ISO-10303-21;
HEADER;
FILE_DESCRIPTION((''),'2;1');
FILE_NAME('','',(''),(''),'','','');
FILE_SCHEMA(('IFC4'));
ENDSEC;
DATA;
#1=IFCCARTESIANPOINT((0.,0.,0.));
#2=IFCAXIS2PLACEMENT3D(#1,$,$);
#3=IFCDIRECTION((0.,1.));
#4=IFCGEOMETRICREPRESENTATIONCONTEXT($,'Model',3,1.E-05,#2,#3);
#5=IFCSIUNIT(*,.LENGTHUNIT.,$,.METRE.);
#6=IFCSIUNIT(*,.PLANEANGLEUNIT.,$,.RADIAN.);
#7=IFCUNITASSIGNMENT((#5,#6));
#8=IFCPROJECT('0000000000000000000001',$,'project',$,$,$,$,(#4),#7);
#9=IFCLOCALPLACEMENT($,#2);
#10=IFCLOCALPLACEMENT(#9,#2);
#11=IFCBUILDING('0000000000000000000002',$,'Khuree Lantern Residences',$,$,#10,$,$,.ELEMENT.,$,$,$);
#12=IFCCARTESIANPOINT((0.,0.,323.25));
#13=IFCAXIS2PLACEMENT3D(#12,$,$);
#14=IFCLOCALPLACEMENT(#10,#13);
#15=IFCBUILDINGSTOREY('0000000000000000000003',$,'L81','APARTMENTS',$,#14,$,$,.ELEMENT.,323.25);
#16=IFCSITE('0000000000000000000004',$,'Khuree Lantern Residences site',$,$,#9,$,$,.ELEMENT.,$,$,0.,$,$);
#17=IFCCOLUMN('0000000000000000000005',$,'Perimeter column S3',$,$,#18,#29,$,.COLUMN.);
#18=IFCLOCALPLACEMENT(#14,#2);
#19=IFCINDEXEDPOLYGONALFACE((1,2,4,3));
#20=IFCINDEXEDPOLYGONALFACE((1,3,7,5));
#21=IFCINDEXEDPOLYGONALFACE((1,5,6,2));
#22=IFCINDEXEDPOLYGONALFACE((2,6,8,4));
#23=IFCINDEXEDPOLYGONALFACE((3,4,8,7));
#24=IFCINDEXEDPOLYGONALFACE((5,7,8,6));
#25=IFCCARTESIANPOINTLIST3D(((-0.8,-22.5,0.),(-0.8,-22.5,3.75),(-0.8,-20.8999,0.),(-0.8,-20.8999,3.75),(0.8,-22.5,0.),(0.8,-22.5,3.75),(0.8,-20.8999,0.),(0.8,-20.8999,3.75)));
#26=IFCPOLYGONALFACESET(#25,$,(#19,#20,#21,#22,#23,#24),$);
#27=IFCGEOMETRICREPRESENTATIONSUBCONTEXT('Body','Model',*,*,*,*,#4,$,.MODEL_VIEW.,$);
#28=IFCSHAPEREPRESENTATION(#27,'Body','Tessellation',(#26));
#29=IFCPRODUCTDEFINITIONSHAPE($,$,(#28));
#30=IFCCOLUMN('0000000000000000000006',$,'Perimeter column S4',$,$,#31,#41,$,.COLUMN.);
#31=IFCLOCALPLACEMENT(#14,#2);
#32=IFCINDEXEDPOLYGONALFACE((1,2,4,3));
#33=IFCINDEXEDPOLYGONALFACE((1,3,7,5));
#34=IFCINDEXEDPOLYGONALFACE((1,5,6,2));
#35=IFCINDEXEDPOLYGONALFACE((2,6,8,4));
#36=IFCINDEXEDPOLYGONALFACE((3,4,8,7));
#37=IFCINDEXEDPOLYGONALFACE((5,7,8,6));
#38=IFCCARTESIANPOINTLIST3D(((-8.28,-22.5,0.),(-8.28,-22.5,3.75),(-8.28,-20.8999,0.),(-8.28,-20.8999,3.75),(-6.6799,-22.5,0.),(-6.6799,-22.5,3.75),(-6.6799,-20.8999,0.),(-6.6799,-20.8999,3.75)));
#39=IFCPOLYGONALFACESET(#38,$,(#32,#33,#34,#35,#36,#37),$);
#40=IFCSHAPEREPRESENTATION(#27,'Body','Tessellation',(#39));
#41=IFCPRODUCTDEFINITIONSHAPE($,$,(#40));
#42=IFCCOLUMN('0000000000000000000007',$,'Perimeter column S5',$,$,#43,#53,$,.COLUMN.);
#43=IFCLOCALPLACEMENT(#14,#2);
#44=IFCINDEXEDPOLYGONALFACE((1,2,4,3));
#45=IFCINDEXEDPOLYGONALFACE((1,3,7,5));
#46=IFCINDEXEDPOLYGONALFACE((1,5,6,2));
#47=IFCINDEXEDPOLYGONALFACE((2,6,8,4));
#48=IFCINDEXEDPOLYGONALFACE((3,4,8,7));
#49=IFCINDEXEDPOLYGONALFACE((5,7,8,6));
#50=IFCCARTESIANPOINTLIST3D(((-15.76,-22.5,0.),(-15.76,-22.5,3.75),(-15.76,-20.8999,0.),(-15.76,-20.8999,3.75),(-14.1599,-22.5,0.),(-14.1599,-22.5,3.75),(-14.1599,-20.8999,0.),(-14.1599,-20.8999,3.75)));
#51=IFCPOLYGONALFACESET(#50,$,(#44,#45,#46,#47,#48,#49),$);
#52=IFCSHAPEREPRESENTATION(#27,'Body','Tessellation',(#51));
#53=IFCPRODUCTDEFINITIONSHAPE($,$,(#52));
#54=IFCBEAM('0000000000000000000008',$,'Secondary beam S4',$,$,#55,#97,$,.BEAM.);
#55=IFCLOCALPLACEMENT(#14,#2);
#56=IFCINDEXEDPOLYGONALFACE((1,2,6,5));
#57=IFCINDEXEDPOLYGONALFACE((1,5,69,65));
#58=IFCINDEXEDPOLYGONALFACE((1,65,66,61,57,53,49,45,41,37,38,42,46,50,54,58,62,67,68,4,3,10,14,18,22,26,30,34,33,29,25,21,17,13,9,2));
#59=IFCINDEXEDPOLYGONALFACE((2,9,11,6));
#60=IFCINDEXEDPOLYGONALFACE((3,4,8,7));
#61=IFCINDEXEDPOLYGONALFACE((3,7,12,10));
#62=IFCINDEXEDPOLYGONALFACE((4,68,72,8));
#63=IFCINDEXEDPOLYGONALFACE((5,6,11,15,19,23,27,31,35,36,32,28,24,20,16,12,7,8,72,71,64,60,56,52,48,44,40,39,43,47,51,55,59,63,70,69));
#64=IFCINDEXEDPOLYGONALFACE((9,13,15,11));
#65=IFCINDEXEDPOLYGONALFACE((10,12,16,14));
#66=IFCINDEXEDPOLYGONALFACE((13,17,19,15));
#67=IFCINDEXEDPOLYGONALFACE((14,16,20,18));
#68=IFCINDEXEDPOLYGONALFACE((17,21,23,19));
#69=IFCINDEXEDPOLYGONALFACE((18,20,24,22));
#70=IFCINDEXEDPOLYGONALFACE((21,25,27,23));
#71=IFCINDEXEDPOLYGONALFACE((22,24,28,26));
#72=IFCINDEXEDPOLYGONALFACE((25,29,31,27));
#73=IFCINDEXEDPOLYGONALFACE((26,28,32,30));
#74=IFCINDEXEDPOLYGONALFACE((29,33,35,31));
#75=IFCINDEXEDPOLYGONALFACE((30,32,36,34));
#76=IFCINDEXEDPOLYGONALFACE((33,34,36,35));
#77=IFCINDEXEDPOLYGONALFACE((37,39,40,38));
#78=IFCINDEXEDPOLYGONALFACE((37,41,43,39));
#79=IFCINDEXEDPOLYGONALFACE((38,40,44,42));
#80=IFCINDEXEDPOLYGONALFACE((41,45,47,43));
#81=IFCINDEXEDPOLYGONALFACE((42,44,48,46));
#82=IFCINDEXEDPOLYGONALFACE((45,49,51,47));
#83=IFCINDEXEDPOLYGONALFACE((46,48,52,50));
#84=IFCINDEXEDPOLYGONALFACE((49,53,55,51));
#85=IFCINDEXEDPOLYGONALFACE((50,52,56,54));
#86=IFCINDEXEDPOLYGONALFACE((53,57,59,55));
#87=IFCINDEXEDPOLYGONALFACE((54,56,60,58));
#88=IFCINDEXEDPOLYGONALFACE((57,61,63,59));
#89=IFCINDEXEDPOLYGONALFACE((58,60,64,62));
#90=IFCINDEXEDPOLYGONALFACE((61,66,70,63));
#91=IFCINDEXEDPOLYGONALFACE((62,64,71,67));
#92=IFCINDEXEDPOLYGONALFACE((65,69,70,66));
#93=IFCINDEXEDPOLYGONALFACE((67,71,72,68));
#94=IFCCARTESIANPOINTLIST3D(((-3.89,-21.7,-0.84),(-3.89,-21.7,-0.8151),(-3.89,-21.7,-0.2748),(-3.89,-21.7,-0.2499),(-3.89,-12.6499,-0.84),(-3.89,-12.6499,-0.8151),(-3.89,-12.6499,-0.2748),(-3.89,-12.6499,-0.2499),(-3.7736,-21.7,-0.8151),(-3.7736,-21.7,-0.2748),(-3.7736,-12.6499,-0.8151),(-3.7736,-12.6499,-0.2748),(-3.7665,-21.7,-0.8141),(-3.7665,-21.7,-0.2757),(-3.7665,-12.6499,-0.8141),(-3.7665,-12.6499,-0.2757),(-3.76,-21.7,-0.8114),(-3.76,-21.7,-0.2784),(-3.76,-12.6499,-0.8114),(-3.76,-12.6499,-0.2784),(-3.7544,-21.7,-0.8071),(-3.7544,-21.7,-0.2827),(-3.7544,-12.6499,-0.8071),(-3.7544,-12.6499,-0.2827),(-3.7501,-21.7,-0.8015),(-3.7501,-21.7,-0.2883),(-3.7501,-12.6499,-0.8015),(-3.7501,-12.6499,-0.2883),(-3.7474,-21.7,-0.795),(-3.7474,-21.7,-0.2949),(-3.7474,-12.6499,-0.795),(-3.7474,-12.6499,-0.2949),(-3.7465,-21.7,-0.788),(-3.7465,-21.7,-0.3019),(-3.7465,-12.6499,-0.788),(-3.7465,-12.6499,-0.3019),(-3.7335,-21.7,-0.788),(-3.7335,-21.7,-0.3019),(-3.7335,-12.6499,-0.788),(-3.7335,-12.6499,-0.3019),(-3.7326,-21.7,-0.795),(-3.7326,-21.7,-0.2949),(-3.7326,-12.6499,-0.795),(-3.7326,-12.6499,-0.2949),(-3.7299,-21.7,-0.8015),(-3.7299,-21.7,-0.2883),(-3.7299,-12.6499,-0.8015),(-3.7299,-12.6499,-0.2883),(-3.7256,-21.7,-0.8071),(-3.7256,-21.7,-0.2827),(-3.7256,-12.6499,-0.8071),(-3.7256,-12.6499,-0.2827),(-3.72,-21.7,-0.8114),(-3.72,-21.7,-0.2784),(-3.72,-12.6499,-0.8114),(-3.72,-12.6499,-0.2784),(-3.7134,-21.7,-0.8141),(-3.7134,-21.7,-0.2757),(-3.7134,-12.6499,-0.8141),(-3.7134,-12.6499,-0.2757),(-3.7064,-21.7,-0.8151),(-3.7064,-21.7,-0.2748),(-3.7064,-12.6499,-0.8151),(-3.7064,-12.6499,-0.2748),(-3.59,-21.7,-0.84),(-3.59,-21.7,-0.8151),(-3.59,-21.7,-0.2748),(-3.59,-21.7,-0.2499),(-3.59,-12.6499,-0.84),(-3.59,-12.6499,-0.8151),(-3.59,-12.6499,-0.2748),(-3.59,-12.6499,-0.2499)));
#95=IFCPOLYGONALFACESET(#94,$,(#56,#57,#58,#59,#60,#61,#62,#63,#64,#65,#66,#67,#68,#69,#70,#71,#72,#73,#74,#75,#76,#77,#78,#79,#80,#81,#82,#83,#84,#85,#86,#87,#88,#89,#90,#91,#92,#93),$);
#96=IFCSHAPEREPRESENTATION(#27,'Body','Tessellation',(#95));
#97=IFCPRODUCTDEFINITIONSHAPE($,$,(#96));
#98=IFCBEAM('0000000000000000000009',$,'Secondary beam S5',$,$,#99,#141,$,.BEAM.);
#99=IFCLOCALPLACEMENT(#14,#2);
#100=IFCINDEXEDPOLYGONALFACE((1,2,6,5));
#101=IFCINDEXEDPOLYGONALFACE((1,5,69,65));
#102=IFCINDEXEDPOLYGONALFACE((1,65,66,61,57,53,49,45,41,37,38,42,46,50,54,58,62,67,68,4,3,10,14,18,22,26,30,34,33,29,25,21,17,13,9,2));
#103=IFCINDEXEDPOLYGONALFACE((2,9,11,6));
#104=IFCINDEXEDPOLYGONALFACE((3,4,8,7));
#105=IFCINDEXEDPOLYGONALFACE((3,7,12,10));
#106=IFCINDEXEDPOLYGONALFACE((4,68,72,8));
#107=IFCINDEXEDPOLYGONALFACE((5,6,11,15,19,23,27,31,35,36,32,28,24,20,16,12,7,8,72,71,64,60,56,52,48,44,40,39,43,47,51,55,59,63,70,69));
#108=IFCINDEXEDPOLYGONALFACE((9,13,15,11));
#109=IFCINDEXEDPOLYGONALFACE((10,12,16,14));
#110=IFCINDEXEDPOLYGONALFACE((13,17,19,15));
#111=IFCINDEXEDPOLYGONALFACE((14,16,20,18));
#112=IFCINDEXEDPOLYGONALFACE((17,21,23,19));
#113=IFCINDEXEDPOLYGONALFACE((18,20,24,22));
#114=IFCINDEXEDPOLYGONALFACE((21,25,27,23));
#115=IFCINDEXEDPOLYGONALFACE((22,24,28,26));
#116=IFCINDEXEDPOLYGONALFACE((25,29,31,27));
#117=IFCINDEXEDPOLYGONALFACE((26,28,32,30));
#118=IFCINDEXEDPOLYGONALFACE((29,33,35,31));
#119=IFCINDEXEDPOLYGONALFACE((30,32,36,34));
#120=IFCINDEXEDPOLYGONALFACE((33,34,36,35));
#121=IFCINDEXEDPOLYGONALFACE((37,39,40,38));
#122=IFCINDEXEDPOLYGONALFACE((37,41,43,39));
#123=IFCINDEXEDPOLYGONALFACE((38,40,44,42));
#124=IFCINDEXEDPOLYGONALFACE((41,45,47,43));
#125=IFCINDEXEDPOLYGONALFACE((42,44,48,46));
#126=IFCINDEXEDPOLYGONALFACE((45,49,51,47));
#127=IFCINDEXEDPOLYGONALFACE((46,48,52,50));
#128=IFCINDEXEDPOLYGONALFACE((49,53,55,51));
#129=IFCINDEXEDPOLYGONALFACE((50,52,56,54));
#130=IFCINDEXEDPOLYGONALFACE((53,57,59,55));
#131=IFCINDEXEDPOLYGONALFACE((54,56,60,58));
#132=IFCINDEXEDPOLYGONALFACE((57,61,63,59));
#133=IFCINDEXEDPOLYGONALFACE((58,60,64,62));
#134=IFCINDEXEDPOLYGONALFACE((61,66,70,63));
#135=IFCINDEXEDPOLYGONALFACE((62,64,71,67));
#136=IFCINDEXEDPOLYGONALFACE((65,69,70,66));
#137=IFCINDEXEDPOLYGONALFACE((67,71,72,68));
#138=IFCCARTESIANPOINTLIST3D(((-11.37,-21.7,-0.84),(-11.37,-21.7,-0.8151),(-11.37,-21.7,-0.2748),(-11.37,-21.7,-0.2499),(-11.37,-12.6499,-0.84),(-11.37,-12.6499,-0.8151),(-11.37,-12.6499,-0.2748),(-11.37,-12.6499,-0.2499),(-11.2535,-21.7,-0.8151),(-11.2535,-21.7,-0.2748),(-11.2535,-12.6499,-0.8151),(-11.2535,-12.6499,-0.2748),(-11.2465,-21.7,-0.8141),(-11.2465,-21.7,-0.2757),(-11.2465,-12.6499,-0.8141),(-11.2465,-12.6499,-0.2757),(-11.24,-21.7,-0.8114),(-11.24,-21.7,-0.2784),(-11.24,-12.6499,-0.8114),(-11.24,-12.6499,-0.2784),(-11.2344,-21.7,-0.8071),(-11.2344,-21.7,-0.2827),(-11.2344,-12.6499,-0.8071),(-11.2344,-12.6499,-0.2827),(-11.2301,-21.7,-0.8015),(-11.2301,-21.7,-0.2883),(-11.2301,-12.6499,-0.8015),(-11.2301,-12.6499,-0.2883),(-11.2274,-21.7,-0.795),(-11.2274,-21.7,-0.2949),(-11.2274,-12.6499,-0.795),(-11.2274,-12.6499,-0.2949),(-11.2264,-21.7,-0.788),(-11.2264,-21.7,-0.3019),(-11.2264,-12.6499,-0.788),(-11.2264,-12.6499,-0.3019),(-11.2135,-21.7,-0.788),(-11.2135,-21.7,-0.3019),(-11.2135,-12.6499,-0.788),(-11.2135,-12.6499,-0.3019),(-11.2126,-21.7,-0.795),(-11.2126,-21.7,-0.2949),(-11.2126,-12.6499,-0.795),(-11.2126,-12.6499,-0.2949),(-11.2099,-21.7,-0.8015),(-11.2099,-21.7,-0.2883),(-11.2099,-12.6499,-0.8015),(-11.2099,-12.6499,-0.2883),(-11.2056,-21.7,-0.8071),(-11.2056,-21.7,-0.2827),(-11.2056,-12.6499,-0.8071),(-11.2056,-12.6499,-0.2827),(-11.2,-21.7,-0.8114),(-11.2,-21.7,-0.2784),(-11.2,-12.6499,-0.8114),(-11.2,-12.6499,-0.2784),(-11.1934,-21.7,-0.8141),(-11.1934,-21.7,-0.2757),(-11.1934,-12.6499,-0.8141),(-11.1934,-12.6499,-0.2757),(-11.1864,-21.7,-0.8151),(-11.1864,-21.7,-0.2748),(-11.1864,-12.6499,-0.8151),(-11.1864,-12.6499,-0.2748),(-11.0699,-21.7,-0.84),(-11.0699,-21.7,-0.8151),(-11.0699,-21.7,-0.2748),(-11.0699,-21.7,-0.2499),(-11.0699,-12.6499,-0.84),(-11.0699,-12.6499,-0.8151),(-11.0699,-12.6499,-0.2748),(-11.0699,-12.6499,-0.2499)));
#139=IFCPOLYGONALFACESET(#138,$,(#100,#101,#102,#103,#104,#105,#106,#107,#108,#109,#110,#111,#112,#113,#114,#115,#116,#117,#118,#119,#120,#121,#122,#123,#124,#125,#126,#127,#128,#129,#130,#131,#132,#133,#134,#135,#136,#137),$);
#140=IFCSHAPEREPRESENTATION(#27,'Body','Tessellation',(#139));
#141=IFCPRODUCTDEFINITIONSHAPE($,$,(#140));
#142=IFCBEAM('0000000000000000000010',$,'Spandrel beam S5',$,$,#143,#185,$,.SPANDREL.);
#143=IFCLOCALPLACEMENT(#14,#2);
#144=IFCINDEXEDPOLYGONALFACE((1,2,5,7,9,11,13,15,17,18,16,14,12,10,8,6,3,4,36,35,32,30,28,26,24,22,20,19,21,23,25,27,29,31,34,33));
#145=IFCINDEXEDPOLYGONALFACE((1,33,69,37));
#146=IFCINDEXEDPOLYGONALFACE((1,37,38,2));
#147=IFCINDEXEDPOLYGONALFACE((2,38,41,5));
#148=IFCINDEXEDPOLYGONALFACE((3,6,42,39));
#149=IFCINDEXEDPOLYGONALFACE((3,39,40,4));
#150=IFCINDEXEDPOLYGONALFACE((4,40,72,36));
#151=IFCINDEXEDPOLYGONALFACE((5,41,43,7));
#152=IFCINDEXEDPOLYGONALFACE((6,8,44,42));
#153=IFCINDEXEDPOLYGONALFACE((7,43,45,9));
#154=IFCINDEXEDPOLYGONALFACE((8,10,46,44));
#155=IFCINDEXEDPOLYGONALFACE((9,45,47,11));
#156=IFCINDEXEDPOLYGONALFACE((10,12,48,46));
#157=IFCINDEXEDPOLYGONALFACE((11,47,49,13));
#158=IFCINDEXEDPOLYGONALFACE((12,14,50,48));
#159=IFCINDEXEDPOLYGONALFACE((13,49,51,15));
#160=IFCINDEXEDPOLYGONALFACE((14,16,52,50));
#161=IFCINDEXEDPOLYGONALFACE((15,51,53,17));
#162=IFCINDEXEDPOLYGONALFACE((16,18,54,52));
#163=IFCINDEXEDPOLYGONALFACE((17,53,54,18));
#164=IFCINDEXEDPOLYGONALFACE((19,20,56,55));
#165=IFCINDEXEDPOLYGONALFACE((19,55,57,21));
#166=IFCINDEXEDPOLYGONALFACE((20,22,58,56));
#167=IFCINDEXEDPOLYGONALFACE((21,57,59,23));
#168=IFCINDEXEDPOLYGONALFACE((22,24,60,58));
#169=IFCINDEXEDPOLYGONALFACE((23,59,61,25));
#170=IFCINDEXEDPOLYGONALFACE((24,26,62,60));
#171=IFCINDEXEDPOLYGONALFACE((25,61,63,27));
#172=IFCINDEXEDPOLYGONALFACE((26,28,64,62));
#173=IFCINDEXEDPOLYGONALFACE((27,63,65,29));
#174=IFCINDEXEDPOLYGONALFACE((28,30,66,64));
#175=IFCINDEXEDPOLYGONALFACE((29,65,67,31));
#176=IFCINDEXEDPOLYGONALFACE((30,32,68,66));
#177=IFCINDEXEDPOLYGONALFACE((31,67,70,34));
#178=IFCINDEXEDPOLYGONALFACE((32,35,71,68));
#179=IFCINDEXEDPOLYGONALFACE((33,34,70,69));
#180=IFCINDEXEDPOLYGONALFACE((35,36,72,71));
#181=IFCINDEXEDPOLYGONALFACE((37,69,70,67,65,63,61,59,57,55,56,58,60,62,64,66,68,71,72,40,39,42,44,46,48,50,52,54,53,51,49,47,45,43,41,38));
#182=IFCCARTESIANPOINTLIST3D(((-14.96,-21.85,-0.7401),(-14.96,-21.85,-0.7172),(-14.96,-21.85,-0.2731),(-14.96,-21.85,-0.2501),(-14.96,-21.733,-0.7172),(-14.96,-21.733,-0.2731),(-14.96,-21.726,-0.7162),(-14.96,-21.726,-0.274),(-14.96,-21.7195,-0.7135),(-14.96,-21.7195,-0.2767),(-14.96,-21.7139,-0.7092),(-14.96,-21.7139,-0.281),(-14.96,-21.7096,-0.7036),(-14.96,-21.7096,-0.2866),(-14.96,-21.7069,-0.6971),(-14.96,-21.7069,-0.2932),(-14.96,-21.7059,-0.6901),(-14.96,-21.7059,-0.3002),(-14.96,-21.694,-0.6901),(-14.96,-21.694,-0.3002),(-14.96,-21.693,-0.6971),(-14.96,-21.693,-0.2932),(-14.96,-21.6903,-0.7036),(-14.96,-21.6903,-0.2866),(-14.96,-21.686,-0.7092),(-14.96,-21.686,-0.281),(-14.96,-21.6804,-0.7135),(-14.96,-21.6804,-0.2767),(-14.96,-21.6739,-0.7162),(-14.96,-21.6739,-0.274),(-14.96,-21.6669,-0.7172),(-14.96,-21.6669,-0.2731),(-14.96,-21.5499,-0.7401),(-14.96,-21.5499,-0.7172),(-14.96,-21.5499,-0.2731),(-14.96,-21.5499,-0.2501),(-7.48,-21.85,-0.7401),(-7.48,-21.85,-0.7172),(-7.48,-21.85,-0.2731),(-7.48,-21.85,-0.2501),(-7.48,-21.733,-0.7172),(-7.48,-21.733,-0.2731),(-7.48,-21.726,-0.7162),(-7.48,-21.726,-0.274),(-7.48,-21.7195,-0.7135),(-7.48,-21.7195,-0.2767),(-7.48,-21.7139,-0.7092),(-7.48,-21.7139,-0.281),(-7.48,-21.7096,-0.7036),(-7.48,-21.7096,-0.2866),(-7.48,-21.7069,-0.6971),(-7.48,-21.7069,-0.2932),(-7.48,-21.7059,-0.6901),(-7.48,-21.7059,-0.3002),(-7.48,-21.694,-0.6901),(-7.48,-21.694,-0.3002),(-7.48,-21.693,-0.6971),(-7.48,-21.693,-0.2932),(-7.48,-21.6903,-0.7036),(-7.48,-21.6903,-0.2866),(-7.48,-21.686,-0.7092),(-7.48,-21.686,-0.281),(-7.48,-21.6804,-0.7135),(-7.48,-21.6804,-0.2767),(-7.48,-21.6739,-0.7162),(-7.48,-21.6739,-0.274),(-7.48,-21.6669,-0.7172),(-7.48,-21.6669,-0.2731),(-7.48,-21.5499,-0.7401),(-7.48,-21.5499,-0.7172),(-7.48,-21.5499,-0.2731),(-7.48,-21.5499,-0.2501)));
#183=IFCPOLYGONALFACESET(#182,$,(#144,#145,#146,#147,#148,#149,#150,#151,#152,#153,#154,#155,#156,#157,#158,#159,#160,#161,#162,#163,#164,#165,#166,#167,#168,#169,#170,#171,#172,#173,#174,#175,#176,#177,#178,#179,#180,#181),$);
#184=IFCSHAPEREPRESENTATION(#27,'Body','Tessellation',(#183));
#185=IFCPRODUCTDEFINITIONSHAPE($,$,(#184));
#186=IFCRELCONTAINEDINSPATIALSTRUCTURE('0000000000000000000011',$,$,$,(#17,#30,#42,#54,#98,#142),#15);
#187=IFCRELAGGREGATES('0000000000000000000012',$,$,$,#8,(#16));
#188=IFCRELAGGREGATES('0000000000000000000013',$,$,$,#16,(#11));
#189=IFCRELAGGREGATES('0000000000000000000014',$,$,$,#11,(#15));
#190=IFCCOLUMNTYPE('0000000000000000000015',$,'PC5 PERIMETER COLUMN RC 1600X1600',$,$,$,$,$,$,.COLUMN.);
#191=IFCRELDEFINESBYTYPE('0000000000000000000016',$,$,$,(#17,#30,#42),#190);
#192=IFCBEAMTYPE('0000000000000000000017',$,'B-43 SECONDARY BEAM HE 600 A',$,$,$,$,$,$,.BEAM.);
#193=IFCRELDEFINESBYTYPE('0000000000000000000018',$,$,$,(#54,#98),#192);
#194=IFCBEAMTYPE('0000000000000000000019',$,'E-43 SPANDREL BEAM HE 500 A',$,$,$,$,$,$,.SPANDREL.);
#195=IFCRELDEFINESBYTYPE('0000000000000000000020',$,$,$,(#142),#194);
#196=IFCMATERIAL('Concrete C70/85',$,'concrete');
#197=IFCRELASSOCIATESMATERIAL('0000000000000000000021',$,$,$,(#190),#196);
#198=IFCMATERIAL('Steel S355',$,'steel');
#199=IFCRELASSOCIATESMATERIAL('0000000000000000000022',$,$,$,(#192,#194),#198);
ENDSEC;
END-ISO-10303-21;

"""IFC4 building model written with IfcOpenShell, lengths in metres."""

from ifc_helpers import new_model, si_unit, direction, frame, origin, origin_2d, place, context, subcontext, project, spatial, rectangle, i_section, extrude, material, material_profile, profile_set, type_object, element, save


model = new_model("IFC4")

# Units and contexts
model_context = context("Model", 3, precision=1e-05, world=origin(), true_north=direction((0.0, 1.0)))
body_context = subcontext(model_context, "Body", "Model", "MODEL_VIEW")
ifc_project = project(units=[si_unit("LENGTHUNIT", "METRE"), si_unit("PLANEANGLEUNIT", "RADIAN")], contexts=[model_context])

# Site, building, storey
site_placement = place(None, origin())
site = spatial("IfcSite", under=ifc_project, at=site_placement, Name="Khuree Lantern Residences site", CompositionType="ELEMENT", RefElevation=0.0)
building_placement = place(site_placement, origin())
building = spatial("IfcBuilding", under=site, at=building_placement, Name="Khuree Lantern Residences", CompositionType="ELEMENT")
storey_placement = place(building_placement, frame((0.0, 0.0, 323.25)))
storey = spatial("IfcBuildingStorey", under=building, at=storey_placement, Name="L81", Description="APARTMENTS", CompositionType="ELEMENT", Elevation=323.25)

# Columns
ifc_material_1 = material(Name="Concrete C70/85", Category="concrete")
ifc_material_profile_1 = material_profile(ifc_material_1, rectangle(XDim=1.6001, YDim=1.6001, at=origin_2d()), Name="RC 1600X1600")
ifc_profile_set_1 = profile_set([ifc_material_profile_1], Name="Concrete C70/85")
column_type = type_object("IfcColumnType", Name="PC5 PERIMETER COLUMN RC 1600X1600", PredefinedType="COLUMN", material=ifc_profile_set_1)
for number, where, z_axis, x_axis, name in (
    (1, (0.0, -21.7, 0.0), (0.0, 0.0, 1.0), (1.0, 0.0, 0.0), "Perimeter column S3"),
    (2, (-7.48, -21.7, 0.0), (0.0, 0.0, 1.0), (1.0, 0.0, 0.0), "Perimeter column S4"),
    (3, (-14.96, -21.7, 0.0), (0.0, 0.0, 1.0), (1.0, 0.0, 0.0), "Perimeter column S5"),
):
    element("IfcColumn", number, at=place(storey_placement, frame(where, z_axis=z_axis, x_axis=x_axis)), inside=storey, type_object=column_type, Name=name, PredefinedType="COLUMN", context=body_context, shape_type="SweptSolid", body=[
        extrude(rectangle(XDim=1.6001, YDim=1.6001, at=origin_2d()), origin(), (0.0, 0.0, 1.0), 3.75),
    ])

# Beams
ifc_material_2 = material(Name="Steel S355", Category="steel")
ifc_material_profile_2 = material_profile(ifc_material_2, i_section(OverallWidth=0.3, OverallDepth=0.5901, WebThickness=0.0129, FlangeThickness=0.0249, FilletRadius=0.0271, at=origin_2d()), Name="HE 600 A")
ifc_profile_set_2 = profile_set([ifc_material_profile_2], Name="Steel S355")
beam_type_1 = type_object("IfcBeamType", Name="B-43 SECONDARY BEAM HE 600 A", PredefinedType="BEAM", material=ifc_profile_set_2)
for number, where, z_axis, x_axis, name in (
    (4, (-3.74, -21.7, -0.5449), (0.0, 1.0, 0.0), (-1.0, 0.0, 0.0), "Secondary beam S4"),
    (5, (-11.22, -21.7, -0.5449), (0.0, 1.0, 0.0), (-1.0, 0.0, 0.0), "Secondary beam S5"),
):
    element("IfcBeam", number, at=place(storey_placement, frame(where, z_axis=z_axis, x_axis=x_axis)), inside=storey, type_object=beam_type_1, Name=name, PredefinedType="BEAM", context=body_context, shape_type="SweptSolid", body=[
        extrude(i_section(OverallWidth=0.3, OverallDepth=0.5901, WebThickness=0.0129, FlangeThickness=0.0249, FilletRadius=0.0271, at=origin_2d()), origin(), (0.0, 0.0, 1.0), 9.05),
    ])
ifc_material_profile_3 = material_profile(ifc_material_2, i_section(OverallWidth=0.3, OverallDepth=0.49, WebThickness=0.012, FlangeThickness=0.0229, FilletRadius=0.0271, at=origin_2d()), Name="HE 500 A")
ifc_profile_set_3 = profile_set([ifc_material_profile_3], Name="Steel S355")
beam_type_2 = type_object("IfcBeamType", Name="E-43 SPANDREL BEAM HE 500 A", PredefinedType="SPANDREL", material=ifc_profile_set_3)
beam_1_placement = place(storey_placement, frame((-7.48, -21.7, -0.4951), z_axis=(-1.0, 0.0, 0.0), x_axis=(0.0, -1.0, 0.0)))
element("IfcBeam", 6, at=beam_1_placement, inside=storey, type_object=beam_type_2, Name="Spandrel beam S5", PredefinedType="SPANDREL", context=body_context, shape_type="SweptSolid", body=[
    extrude(i_section(OverallWidth=0.3, OverallDepth=0.49, WebThickness=0.012, FlangeThickness=0.0229, FilletRadius=0.0271, at=origin_2d()), origin(), (0.0, 0.0, 1.0), 7.48),
])

save(model, "model.ifc")
